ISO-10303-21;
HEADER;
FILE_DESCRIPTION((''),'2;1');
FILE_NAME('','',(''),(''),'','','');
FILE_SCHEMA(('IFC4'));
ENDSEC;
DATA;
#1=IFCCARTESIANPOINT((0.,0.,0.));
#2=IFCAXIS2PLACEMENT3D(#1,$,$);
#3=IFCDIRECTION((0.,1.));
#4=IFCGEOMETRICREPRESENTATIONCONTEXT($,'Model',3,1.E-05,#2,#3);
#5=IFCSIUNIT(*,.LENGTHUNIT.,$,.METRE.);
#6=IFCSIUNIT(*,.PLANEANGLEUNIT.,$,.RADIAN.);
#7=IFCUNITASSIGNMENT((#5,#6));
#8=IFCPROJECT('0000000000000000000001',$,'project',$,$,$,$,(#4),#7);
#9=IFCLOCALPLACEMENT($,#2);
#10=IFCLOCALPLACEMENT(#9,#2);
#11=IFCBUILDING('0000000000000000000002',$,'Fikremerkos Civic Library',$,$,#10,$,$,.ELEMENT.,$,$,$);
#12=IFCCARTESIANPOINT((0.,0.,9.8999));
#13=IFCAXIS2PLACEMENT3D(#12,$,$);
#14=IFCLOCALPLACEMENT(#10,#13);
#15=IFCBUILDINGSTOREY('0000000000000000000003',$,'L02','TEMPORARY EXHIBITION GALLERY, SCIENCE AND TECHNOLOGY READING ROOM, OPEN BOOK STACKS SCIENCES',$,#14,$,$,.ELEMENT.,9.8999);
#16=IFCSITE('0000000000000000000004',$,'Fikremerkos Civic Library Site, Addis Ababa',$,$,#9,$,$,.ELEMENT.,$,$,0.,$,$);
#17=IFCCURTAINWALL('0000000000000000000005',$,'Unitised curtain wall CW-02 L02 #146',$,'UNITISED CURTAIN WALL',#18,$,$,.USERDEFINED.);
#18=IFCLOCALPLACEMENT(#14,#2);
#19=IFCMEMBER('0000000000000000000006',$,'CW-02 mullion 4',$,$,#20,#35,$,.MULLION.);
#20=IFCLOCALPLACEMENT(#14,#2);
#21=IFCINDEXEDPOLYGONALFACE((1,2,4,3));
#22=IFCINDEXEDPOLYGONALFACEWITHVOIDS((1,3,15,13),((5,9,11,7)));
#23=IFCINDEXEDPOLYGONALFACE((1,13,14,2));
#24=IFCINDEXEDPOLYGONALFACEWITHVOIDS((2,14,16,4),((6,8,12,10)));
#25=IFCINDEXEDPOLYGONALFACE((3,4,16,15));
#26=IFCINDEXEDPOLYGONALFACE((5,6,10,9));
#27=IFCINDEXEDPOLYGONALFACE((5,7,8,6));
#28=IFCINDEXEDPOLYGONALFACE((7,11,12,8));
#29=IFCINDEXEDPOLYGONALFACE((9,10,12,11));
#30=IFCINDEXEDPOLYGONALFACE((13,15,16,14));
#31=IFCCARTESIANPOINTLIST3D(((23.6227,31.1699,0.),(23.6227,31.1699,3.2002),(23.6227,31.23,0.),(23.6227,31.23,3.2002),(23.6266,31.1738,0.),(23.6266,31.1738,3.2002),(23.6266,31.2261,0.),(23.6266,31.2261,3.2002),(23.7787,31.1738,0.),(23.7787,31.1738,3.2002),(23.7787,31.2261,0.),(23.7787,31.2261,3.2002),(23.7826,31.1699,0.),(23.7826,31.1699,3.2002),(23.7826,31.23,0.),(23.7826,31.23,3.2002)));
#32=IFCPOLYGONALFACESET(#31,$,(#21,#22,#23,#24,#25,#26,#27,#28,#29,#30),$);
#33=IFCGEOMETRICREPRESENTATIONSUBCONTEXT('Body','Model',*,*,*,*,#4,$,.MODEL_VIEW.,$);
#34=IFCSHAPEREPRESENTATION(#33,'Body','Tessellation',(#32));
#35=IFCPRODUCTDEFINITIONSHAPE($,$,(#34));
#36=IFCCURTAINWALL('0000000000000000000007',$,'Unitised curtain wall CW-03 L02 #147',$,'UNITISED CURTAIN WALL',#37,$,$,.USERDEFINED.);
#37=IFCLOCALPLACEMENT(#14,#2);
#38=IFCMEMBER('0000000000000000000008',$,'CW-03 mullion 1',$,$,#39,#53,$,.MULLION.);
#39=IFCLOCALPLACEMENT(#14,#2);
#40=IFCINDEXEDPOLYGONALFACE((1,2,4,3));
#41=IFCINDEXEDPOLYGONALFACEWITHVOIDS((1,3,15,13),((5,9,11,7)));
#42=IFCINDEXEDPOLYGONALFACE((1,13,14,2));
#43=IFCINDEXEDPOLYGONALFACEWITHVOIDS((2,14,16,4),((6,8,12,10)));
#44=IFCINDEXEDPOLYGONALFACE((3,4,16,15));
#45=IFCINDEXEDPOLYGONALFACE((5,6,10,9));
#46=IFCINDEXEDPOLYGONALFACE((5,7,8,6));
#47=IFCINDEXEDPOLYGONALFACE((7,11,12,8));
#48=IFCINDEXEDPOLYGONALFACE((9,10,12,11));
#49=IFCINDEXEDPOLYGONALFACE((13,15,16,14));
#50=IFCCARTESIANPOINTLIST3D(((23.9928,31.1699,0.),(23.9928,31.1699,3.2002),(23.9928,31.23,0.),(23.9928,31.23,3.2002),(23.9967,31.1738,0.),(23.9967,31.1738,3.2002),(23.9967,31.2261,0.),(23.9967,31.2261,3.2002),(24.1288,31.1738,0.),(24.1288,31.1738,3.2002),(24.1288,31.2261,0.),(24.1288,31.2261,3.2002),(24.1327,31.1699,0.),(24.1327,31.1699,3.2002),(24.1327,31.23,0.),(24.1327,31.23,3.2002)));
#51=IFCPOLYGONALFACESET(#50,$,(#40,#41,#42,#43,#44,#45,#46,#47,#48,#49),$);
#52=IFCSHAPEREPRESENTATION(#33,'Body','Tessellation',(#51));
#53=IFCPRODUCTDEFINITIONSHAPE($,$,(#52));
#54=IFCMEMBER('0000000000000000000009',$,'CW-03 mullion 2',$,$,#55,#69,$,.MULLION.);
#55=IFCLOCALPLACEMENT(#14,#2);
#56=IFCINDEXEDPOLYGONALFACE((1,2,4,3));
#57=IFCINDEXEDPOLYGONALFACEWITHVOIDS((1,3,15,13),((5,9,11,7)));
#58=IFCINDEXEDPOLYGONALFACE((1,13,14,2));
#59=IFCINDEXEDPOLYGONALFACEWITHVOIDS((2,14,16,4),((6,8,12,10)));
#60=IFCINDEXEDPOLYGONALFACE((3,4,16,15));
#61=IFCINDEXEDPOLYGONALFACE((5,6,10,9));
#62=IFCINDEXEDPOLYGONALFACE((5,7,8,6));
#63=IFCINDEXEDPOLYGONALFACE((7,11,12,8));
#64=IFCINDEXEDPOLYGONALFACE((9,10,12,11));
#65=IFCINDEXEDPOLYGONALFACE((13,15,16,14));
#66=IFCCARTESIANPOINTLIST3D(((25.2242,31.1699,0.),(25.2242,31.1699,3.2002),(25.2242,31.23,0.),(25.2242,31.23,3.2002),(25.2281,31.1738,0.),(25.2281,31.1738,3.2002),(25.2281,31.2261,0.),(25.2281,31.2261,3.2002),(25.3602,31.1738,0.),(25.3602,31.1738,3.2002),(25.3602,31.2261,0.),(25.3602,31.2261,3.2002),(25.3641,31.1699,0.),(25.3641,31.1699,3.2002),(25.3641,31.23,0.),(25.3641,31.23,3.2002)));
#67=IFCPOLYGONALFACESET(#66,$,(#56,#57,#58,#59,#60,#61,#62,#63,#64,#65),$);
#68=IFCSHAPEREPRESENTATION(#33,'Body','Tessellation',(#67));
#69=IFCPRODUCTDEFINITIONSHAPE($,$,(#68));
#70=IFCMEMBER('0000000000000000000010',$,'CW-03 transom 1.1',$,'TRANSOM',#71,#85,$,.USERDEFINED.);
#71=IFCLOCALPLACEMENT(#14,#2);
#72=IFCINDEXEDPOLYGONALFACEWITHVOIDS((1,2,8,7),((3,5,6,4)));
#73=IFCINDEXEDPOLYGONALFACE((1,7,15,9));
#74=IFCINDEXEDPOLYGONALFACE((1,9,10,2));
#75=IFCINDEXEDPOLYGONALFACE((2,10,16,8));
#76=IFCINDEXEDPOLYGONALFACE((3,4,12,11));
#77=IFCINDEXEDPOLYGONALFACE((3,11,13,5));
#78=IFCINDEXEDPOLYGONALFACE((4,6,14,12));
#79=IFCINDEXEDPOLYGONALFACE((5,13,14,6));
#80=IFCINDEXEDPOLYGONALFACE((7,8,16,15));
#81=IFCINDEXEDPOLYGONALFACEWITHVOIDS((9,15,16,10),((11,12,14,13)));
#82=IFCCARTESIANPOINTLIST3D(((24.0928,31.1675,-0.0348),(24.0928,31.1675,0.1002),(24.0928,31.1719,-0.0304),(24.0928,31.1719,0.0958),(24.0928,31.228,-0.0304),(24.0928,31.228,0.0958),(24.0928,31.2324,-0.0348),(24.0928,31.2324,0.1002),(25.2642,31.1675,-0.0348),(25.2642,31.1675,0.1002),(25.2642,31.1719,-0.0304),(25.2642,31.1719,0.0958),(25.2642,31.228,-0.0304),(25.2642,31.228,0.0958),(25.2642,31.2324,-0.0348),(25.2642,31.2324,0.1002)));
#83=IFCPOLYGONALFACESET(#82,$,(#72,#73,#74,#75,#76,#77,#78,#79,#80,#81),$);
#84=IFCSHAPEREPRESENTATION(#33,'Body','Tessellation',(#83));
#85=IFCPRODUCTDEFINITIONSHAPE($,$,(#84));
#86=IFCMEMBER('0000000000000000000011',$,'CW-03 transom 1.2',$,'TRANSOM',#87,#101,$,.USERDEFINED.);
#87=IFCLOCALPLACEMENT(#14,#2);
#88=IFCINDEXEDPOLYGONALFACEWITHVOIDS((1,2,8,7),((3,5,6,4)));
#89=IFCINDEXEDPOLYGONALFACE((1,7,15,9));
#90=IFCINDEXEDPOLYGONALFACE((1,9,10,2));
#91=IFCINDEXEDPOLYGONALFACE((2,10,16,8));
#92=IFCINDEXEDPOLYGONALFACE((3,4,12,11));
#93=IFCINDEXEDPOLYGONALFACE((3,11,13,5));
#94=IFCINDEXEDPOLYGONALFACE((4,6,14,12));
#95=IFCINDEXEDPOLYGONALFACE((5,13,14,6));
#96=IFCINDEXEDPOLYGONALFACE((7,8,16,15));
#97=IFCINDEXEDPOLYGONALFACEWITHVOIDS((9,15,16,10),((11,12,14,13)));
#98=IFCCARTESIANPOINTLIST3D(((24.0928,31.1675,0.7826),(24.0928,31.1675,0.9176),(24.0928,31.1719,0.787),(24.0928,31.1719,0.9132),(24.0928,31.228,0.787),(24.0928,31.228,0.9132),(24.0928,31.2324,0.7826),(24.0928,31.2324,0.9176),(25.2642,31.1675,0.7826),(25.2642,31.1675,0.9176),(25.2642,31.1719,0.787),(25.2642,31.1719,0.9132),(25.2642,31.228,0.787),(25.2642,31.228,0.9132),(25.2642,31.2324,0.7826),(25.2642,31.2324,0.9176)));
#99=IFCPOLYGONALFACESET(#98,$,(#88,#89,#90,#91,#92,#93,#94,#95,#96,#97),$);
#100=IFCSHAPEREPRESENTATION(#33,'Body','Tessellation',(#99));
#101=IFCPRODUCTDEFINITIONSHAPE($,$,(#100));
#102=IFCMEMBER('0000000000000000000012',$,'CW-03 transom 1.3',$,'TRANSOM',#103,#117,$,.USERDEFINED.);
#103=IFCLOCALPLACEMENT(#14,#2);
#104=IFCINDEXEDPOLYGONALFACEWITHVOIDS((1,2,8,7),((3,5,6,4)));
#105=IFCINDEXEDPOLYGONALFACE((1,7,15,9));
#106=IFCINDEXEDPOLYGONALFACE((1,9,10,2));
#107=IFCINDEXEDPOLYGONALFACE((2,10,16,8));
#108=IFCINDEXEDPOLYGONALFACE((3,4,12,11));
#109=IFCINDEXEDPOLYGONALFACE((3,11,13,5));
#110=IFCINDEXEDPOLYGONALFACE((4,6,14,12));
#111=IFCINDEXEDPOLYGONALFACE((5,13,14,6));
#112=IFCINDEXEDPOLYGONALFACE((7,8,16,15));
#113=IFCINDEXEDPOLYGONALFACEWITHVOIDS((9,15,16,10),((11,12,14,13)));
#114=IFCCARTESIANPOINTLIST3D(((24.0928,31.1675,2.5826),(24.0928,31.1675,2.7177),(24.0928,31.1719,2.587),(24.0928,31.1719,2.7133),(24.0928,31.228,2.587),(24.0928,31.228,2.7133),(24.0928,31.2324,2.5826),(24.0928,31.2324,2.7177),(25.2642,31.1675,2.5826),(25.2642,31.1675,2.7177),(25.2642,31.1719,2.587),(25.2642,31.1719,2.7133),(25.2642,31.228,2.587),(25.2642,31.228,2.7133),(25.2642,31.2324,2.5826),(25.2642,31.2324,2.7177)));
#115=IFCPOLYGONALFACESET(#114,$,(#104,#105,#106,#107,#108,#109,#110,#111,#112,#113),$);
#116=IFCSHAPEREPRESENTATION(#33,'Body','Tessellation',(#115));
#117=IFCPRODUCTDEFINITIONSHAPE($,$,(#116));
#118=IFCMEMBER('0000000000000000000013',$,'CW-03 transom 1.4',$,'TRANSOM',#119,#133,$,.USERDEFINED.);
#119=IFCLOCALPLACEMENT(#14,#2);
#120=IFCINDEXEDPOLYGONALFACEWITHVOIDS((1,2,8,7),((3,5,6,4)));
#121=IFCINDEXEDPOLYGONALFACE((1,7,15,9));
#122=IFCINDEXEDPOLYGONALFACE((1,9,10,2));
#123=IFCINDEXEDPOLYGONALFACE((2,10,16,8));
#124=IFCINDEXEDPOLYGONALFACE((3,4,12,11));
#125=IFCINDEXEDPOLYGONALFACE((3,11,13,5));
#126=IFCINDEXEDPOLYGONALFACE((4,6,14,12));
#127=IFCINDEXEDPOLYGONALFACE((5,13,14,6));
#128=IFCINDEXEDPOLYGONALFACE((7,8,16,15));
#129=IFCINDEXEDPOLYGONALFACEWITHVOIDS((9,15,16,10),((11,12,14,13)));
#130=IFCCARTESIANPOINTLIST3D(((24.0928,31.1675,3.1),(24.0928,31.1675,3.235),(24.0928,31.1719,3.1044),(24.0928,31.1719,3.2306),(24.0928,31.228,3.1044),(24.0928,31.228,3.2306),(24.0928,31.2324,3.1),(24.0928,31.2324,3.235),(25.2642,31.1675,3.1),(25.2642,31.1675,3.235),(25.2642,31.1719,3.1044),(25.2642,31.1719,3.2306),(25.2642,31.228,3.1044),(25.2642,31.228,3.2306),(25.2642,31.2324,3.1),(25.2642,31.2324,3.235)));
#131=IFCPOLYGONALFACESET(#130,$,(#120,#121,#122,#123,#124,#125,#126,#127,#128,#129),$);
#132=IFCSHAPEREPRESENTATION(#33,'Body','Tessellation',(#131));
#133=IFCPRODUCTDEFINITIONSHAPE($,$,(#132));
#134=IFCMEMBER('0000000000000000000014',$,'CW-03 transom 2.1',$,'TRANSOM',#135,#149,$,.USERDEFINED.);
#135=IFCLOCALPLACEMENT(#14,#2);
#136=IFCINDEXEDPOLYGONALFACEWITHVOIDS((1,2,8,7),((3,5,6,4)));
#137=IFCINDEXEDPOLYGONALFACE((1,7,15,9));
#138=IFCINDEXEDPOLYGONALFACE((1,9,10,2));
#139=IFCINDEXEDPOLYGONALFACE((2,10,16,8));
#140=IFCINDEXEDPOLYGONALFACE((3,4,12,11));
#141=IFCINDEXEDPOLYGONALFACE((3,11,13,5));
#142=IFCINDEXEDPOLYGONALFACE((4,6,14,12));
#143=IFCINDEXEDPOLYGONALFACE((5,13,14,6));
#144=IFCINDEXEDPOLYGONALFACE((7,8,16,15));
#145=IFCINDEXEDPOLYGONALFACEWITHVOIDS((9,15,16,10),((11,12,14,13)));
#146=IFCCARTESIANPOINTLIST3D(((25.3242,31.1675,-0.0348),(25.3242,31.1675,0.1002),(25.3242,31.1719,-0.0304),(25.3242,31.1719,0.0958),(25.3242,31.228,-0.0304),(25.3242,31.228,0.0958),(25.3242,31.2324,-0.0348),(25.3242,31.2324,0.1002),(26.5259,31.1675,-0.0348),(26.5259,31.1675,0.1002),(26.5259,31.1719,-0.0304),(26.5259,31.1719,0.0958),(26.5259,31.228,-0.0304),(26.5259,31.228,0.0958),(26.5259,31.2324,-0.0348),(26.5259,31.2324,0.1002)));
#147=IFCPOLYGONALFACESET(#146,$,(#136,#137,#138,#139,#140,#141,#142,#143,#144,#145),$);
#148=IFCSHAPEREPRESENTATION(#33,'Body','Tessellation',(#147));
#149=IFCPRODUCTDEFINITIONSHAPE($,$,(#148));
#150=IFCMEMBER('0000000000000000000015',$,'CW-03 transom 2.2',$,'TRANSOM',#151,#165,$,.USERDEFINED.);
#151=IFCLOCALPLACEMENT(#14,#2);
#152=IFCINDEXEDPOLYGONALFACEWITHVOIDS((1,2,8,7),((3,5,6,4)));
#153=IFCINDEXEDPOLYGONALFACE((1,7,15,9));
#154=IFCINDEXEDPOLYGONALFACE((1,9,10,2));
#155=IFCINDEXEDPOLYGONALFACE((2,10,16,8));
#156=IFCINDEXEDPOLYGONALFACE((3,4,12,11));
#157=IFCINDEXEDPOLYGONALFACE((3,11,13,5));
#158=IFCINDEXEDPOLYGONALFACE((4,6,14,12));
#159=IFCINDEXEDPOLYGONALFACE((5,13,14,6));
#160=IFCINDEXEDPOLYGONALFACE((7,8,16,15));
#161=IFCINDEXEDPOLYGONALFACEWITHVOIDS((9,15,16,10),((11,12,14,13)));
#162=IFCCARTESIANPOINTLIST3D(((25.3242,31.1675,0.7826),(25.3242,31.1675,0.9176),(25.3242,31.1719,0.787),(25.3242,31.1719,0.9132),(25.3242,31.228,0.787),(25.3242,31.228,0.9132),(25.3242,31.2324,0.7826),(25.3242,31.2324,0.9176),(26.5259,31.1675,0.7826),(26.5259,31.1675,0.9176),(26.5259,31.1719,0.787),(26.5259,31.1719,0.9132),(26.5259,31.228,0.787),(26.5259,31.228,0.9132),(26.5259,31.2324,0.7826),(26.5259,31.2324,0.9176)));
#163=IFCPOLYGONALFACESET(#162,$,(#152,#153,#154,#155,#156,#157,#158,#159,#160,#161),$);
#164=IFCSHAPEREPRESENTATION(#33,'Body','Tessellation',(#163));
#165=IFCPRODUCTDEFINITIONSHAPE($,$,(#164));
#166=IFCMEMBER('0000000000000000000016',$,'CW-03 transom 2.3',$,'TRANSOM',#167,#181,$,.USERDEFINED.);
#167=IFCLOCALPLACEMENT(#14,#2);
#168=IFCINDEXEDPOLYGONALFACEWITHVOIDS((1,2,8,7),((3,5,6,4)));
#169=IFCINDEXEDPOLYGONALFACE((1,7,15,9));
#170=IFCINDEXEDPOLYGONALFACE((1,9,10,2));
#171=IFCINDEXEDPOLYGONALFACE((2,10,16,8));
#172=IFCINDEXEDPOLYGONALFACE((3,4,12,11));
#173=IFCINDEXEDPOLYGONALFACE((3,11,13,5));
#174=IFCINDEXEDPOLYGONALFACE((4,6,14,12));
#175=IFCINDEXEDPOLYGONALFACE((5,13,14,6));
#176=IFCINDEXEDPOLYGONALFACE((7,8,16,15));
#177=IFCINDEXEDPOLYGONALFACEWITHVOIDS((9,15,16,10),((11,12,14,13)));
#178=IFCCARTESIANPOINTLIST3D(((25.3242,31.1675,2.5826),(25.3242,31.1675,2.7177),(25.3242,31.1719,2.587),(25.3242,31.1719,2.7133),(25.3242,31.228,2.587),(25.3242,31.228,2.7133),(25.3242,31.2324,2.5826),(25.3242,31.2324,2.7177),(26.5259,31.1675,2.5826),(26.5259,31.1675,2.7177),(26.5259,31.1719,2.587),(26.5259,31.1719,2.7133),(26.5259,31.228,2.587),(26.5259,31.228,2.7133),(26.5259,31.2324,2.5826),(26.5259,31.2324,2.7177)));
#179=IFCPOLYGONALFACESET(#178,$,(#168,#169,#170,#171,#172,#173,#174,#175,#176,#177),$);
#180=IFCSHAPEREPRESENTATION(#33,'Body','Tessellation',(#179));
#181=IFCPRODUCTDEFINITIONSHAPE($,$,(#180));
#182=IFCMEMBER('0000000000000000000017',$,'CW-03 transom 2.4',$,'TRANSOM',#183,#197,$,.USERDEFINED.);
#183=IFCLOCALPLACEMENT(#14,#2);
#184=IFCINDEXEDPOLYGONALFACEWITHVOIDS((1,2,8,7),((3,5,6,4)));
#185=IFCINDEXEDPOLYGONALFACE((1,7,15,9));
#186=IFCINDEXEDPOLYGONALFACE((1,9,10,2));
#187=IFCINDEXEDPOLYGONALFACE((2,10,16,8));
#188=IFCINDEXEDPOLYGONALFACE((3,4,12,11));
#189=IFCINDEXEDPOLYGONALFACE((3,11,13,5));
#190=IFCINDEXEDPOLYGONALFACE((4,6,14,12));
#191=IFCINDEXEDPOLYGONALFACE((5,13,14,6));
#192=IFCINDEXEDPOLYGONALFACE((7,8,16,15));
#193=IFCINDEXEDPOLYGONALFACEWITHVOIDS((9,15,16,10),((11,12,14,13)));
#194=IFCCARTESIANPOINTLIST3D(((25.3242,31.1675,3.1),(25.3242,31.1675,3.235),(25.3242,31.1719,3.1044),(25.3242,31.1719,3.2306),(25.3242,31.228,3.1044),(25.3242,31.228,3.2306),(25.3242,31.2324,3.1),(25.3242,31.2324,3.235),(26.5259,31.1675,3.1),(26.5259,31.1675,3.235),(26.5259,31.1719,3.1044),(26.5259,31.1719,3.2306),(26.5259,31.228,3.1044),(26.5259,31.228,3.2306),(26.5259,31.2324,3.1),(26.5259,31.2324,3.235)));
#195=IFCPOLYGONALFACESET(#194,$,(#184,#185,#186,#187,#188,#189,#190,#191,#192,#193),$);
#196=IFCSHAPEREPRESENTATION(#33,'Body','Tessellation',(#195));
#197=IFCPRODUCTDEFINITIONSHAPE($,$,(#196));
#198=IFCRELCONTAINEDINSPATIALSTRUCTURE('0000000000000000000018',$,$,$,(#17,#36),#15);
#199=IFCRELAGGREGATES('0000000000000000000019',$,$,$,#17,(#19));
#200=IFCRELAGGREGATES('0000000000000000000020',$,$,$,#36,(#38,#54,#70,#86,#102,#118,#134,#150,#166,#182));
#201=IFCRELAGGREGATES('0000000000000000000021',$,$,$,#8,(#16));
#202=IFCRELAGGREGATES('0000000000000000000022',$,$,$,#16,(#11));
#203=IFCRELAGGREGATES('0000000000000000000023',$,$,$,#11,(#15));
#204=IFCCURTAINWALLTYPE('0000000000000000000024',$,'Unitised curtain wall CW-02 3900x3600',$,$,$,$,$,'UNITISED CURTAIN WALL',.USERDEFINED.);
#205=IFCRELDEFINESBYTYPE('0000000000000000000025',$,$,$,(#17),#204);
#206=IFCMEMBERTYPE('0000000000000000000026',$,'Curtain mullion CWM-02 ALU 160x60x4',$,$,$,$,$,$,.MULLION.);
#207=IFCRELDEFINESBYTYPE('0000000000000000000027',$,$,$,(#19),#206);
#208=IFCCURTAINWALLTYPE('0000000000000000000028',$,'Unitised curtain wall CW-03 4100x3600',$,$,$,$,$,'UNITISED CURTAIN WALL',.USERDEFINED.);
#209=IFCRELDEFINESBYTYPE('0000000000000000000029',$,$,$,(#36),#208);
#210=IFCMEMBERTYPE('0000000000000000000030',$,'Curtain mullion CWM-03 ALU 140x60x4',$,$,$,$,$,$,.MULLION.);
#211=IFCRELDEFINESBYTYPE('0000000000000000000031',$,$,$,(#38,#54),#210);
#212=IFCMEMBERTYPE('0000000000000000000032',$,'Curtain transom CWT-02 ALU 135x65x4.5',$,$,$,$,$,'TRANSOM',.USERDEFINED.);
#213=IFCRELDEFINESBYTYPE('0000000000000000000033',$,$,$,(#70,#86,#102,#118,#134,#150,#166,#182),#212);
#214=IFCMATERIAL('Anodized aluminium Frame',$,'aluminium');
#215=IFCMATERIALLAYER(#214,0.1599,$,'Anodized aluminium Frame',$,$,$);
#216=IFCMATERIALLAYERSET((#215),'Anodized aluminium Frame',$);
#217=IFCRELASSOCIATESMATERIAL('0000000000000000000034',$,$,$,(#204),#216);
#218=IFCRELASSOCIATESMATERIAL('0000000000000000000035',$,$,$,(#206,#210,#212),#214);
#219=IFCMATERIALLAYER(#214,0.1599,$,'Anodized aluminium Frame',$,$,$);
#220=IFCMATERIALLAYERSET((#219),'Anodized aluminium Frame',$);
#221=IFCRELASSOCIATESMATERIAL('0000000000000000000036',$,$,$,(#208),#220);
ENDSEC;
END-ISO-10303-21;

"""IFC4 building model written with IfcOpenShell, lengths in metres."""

from ifc_helpers import new_model, si_unit, direction, frame, origin, origin_2d, place, context, subcontext, project, spatial, hollow_rectangle, extrude, material, layer, layer_set, material_profile, profile_set, type_object, element, aggregate, save


model = new_model("IFC4")

# Units and contexts
model_context = context("Model", 3, precision=1e-05, world=origin(), true_north=direction((0.0, 1.0)))
body_context = subcontext(model_context, "Body", "Model", "MODEL_VIEW")
ifc_project = project(units=[si_unit("LENGTHUNIT", "METRE"), si_unit("PLANEANGLEUNIT", "RADIAN")], contexts=[model_context])

# Site, building, storey
site_placement = place(None, origin())
site = spatial("IfcSite", under=ifc_project, at=site_placement, Name="Fikremerkos Civic Library Site, Addis Ababa", CompositionType="ELEMENT", RefElevation=0.0)
building_placement = place(site_placement, origin())
building = spatial("IfcBuilding", under=site, at=building_placement, Name="Fikremerkos Civic Library", CompositionType="ELEMENT")
storey_placement = place(building_placement, frame((0.0, 0.0, 9.8999)))
storey = spatial("IfcBuildingStorey", under=building, at=storey_placement, Name="L02", Description="TEMPORARY EXHIBITION GALLERY, SCIENCE AND TECHNOLOGY READING ROOM, OPEN BOOK STACKS SCIENCES", CompositionType="ELEMENT", Elevation=9.8999)

# Curtain wall, member
ifc_material_1 = material(Name="Anodized aluminium Frame", Category="aluminium")
ifc_layer_1 = layer(ifc_material_1, 0.1599, Name="Anodized aluminium Frame")
ifc_layer_set_1 = layer_set([ifc_layer_1], Name="Anodized aluminium Frame")
curtain_wall_type_1 = type_object("IfcCurtainWallType", Name="Unitised curtain wall CW-02 3900x3600", ElementType="UNITISED CURTAIN WALL", PredefinedType="USERDEFINED", material=ifc_layer_set_1)
curtain_wall_1_placement = place(storey_placement, origin())
curtain_wall_1 = element("IfcCurtainWall", 1, at=curtain_wall_1_placement, inside=storey, type_object=curtain_wall_type_1, Name="Unitised curtain wall CW-02 L02 #146", ObjectType="UNITISED CURTAIN WALL", PredefinedType="USERDEFINED")
ifc_material_profile_1 = material_profile(ifc_material_1, hollow_rectangle(XDim=0.0601, YDim=0.1599, WallThickness=0.0039, at=origin_2d()), Name="ALU 160x60x4")
ifc_profile_set_1 = profile_set([ifc_material_profile_1], Name="Anodized aluminium Frame")
member_type_1 = type_object("IfcMemberType", Name="Curtain mullion CWM-02 ALU 160x60x4", PredefinedType="MULLION", material=ifc_profile_set_1)
member_1_placement = place(storey_placement, frame((23.7026, 31.2, 0.0), z_axis=(0.0, 0.0, 1.0), x_axis=(0.0, 1.0, 0.0)))
member_1 = element("IfcMember", 2, at=member_1_placement, type_object=member_type_1, Name="CW-02 mullion 4", PredefinedType="MULLION", context=body_context, shape_type="SweptSolid", body=[
    extrude(hollow_rectangle(XDim=0.0601, YDim=0.1599, WallThickness=0.0039, at=origin_2d()), origin(), (0.0, 0.0, 1.0), 3.2002),
])
aggregate(curtain_wall_1, [member_1])

# Curtain wall, members
ifc_layer_2 = layer(ifc_material_1, 0.1599, Name="Anodized aluminium Frame")
ifc_layer_set_2 = layer_set([ifc_layer_2], Name="Anodized aluminium Frame")
curtain_wall_type_2 = type_object("IfcCurtainWallType", Name="Unitised curtain wall CW-03 4100x3600", ElementType="UNITISED CURTAIN WALL", PredefinedType="USERDEFINED", material=ifc_layer_set_2)
curtain_wall_2_placement = place(storey_placement, origin())
curtain_wall_2 = element("IfcCurtainWall", 3, at=curtain_wall_2_placement, inside=storey, type_object=curtain_wall_type_2, Name="Unitised curtain wall CW-03 L02 #147", ObjectType="UNITISED CURTAIN WALL", PredefinedType="USERDEFINED")
ifc_material_profile_2 = material_profile(ifc_material_1, hollow_rectangle(XDim=0.0601, YDim=0.1399, WallThickness=0.0039, at=origin_2d()), Name="ALU 140x60x4")
ifc_profile_set_2 = profile_set([ifc_material_profile_2], Name="Anodized aluminium Frame")
member_type_2 = type_object("IfcMemberType", Name="Curtain mullion CWM-03 ALU 140x60x4", PredefinedType="MULLION", material=ifc_profile_set_2)
member_2_placement = place(storey_placement, frame((24.0627, 31.2, 0.0), z_axis=(0.0, 0.0, 1.0), x_axis=(0.0, 1.0, 0.0)))
member_2 = element("IfcMember", 4, at=member_2_placement, type_object=member_type_2, Name="CW-03 mullion 1", PredefinedType="MULLION", context=body_context, shape_type="SweptSolid", body=[
    extrude(hollow_rectangle(XDim=0.0601, YDim=0.1399, WallThickness=0.0039, at=origin_2d()), origin(), (0.0, 0.0, 1.0), 3.2002),
])
member_3_placement = place(storey_placement, frame((25.2942, 31.2, 0.0), z_axis=(0.0, 0.0, 1.0), x_axis=(0.0, 1.0, 0.0)))
member_3 = element("IfcMember", 5, at=member_3_placement, type_object=member_type_2, Name="CW-03 mullion 2", PredefinedType="MULLION", context=body_context, shape_type="SweptSolid", body=[
    extrude(hollow_rectangle(XDim=0.0601, YDim=0.1399, WallThickness=0.0039, at=origin_2d()), origin(), (0.0, 0.0, 1.0), 3.2002),
])
ifc_material_profile_3 = material_profile(ifc_material_1, hollow_rectangle(XDim=0.0649, YDim=0.135, WallThickness=0.0044, at=origin_2d()), Name="ALU 135x65x4.5")
ifc_profile_set_3 = profile_set([ifc_material_profile_3], Name="Anodized aluminium Frame")
member_type_3 = type_object("IfcMemberType", Name="Curtain transom CWT-02 ALU 135x65x4.5", ElementType="TRANSOM", PredefinedType="USERDEFINED", material=ifc_profile_set_3)
member_4_placement = place(storey_placement, frame((24.0928, 31.2, 0.0327), z_axis=(1.0, 0.0, 0.0), x_axis=(0.0, 1.0, 0.0)))
member_4 = element("IfcMember", 6, at=member_4_placement, type_object=member_type_3, Name="CW-03 transom 1.1", ObjectType="TRANSOM", PredefinedType="USERDEFINED", context=body_context, shape_type="SweptSolid", body=[
    extrude(hollow_rectangle(XDim=0.0649, YDim=0.135, WallThickness=0.0044, at=origin_2d()), origin(), (0.0, 0.0, 1.0), 1.1714),
])
member_5_placement = place(storey_placement, frame((24.0928, 31.2, 0.8501), z_axis=(1.0, 0.0, 0.0), x_axis=(0.0, 1.0, 0.0)))
member_5 = element("IfcMember", 7, at=member_5_placement, type_object=member_type_3, Name="CW-03 transom 1.2", ObjectType="TRANSOM", PredefinedType="USERDEFINED", context=body_context, shape_type="SweptSolid", body=[
    extrude(hollow_rectangle(XDim=0.0649, YDim=0.135, WallThickness=0.0044, at=origin_2d()), origin(), (0.0, 0.0, 1.0), 1.1714),
])
member_6_placement = place(storey_placement, frame((24.0928, 31.2, 2.6501), z_axis=(1.0, 0.0, 0.0), x_axis=(0.0, 1.0, 0.0)))
member_6 = element("IfcMember", 8, at=member_6_placement, type_object=member_type_3, Name="CW-03 transom 1.3", ObjectType="TRANSOM", PredefinedType="USERDEFINED", context=body_context, shape_type="SweptSolid", body=[
    extrude(hollow_rectangle(XDim=0.0649, YDim=0.135, WallThickness=0.0044, at=origin_2d()), origin(), (0.0, 0.0, 1.0), 1.1714),
])
member_7_placement = place(storey_placement, frame((24.0928, 31.2, 3.1675), z_axis=(1.0, 0.0, 0.0), x_axis=(0.0, 1.0, 0.0)))
member_7 = element("IfcMember", 9, at=member_7_placement, type_object=member_type_3, Name="CW-03 transom 1.4", ObjectType="TRANSOM", PredefinedType="USERDEFINED", context=body_context, shape_type="SweptSolid", body=[
    extrude(hollow_rectangle(XDim=0.0649, YDim=0.135, WallThickness=0.0044, at=origin_2d()), origin(), (0.0, 0.0, 1.0), 1.1714),
])
member_8_placement = place(storey_placement, frame((25.3242, 31.2, 0.0327), z_axis=(1.0, 0.0, 0.0), x_axis=(0.0, 1.0, 0.0)))
member_8 = element("IfcMember", 10, at=member_8_placement, type_object=member_type_3, Name="CW-03 transom 2.1", ObjectType="TRANSOM", PredefinedType="USERDEFINED", context=body_context, shape_type="SweptSolid", body=[
    extrude(hollow_rectangle(XDim=0.0649, YDim=0.135, WallThickness=0.0044, at=origin_2d()), origin(), (0.0, 0.0, 1.0), 1.2017),
])
member_9_placement = place(storey_placement, frame((25.3242, 31.2, 0.8501), z_axis=(1.0, 0.0, 0.0), x_axis=(0.0, 1.0, 0.0)))
member_9 = element("IfcMember", 11, at=member_9_placement, type_object=member_type_3, Name="CW-03 transom 2.2", ObjectType="TRANSOM", PredefinedType="USERDEFINED", context=body_context, shape_type="SweptSolid", body=[
    extrude(hollow_rectangle(XDim=0.0649, YDim=0.135, WallThickness=0.0044, at=origin_2d()), origin(), (0.0, 0.0, 1.0), 1.2017),
])
member_10_placement = place(storey_placement, frame((25.3242, 31.2, 2.6501), z_axis=(1.0, 0.0, 0.0), x_axis=(0.0, 1.0, 0.0)))
member_10 = element("IfcMember", 12, at=member_10_placement, type_object=member_type_3, Name="CW-03 transom 2.3", ObjectType="TRANSOM", PredefinedType="USERDEFINED", context=body_context, shape_type="SweptSolid", body=[
    extrude(hollow_rectangle(XDim=0.0649, YDim=0.135, WallThickness=0.0044, at=origin_2d()), origin(), (0.0, 0.0, 1.0), 1.2017),
])
member_11_placement = place(storey_placement, frame((25.3242, 31.2, 3.1675), z_axis=(1.0, 0.0, 0.0), x_axis=(0.0, 1.0, 0.0)))
member_11 = element("IfcMember", 13, at=member_11_placement, type_object=member_type_3, Name="CW-03 transom 2.4", ObjectType="TRANSOM", PredefinedType="USERDEFINED", context=body_context, shape_type="SweptSolid", body=[
    extrude(hollow_rectangle(XDim=0.0649, YDim=0.135, WallThickness=0.0044, at=origin_2d()), origin(), (0.0, 0.0, 1.0), 1.2017),
])
aggregate(curtain_wall_2, [member_2, member_3, member_4, member_5, member_6, member_7, member_8, member_9, member_10, member_11])

save(model, "model.ifc")
